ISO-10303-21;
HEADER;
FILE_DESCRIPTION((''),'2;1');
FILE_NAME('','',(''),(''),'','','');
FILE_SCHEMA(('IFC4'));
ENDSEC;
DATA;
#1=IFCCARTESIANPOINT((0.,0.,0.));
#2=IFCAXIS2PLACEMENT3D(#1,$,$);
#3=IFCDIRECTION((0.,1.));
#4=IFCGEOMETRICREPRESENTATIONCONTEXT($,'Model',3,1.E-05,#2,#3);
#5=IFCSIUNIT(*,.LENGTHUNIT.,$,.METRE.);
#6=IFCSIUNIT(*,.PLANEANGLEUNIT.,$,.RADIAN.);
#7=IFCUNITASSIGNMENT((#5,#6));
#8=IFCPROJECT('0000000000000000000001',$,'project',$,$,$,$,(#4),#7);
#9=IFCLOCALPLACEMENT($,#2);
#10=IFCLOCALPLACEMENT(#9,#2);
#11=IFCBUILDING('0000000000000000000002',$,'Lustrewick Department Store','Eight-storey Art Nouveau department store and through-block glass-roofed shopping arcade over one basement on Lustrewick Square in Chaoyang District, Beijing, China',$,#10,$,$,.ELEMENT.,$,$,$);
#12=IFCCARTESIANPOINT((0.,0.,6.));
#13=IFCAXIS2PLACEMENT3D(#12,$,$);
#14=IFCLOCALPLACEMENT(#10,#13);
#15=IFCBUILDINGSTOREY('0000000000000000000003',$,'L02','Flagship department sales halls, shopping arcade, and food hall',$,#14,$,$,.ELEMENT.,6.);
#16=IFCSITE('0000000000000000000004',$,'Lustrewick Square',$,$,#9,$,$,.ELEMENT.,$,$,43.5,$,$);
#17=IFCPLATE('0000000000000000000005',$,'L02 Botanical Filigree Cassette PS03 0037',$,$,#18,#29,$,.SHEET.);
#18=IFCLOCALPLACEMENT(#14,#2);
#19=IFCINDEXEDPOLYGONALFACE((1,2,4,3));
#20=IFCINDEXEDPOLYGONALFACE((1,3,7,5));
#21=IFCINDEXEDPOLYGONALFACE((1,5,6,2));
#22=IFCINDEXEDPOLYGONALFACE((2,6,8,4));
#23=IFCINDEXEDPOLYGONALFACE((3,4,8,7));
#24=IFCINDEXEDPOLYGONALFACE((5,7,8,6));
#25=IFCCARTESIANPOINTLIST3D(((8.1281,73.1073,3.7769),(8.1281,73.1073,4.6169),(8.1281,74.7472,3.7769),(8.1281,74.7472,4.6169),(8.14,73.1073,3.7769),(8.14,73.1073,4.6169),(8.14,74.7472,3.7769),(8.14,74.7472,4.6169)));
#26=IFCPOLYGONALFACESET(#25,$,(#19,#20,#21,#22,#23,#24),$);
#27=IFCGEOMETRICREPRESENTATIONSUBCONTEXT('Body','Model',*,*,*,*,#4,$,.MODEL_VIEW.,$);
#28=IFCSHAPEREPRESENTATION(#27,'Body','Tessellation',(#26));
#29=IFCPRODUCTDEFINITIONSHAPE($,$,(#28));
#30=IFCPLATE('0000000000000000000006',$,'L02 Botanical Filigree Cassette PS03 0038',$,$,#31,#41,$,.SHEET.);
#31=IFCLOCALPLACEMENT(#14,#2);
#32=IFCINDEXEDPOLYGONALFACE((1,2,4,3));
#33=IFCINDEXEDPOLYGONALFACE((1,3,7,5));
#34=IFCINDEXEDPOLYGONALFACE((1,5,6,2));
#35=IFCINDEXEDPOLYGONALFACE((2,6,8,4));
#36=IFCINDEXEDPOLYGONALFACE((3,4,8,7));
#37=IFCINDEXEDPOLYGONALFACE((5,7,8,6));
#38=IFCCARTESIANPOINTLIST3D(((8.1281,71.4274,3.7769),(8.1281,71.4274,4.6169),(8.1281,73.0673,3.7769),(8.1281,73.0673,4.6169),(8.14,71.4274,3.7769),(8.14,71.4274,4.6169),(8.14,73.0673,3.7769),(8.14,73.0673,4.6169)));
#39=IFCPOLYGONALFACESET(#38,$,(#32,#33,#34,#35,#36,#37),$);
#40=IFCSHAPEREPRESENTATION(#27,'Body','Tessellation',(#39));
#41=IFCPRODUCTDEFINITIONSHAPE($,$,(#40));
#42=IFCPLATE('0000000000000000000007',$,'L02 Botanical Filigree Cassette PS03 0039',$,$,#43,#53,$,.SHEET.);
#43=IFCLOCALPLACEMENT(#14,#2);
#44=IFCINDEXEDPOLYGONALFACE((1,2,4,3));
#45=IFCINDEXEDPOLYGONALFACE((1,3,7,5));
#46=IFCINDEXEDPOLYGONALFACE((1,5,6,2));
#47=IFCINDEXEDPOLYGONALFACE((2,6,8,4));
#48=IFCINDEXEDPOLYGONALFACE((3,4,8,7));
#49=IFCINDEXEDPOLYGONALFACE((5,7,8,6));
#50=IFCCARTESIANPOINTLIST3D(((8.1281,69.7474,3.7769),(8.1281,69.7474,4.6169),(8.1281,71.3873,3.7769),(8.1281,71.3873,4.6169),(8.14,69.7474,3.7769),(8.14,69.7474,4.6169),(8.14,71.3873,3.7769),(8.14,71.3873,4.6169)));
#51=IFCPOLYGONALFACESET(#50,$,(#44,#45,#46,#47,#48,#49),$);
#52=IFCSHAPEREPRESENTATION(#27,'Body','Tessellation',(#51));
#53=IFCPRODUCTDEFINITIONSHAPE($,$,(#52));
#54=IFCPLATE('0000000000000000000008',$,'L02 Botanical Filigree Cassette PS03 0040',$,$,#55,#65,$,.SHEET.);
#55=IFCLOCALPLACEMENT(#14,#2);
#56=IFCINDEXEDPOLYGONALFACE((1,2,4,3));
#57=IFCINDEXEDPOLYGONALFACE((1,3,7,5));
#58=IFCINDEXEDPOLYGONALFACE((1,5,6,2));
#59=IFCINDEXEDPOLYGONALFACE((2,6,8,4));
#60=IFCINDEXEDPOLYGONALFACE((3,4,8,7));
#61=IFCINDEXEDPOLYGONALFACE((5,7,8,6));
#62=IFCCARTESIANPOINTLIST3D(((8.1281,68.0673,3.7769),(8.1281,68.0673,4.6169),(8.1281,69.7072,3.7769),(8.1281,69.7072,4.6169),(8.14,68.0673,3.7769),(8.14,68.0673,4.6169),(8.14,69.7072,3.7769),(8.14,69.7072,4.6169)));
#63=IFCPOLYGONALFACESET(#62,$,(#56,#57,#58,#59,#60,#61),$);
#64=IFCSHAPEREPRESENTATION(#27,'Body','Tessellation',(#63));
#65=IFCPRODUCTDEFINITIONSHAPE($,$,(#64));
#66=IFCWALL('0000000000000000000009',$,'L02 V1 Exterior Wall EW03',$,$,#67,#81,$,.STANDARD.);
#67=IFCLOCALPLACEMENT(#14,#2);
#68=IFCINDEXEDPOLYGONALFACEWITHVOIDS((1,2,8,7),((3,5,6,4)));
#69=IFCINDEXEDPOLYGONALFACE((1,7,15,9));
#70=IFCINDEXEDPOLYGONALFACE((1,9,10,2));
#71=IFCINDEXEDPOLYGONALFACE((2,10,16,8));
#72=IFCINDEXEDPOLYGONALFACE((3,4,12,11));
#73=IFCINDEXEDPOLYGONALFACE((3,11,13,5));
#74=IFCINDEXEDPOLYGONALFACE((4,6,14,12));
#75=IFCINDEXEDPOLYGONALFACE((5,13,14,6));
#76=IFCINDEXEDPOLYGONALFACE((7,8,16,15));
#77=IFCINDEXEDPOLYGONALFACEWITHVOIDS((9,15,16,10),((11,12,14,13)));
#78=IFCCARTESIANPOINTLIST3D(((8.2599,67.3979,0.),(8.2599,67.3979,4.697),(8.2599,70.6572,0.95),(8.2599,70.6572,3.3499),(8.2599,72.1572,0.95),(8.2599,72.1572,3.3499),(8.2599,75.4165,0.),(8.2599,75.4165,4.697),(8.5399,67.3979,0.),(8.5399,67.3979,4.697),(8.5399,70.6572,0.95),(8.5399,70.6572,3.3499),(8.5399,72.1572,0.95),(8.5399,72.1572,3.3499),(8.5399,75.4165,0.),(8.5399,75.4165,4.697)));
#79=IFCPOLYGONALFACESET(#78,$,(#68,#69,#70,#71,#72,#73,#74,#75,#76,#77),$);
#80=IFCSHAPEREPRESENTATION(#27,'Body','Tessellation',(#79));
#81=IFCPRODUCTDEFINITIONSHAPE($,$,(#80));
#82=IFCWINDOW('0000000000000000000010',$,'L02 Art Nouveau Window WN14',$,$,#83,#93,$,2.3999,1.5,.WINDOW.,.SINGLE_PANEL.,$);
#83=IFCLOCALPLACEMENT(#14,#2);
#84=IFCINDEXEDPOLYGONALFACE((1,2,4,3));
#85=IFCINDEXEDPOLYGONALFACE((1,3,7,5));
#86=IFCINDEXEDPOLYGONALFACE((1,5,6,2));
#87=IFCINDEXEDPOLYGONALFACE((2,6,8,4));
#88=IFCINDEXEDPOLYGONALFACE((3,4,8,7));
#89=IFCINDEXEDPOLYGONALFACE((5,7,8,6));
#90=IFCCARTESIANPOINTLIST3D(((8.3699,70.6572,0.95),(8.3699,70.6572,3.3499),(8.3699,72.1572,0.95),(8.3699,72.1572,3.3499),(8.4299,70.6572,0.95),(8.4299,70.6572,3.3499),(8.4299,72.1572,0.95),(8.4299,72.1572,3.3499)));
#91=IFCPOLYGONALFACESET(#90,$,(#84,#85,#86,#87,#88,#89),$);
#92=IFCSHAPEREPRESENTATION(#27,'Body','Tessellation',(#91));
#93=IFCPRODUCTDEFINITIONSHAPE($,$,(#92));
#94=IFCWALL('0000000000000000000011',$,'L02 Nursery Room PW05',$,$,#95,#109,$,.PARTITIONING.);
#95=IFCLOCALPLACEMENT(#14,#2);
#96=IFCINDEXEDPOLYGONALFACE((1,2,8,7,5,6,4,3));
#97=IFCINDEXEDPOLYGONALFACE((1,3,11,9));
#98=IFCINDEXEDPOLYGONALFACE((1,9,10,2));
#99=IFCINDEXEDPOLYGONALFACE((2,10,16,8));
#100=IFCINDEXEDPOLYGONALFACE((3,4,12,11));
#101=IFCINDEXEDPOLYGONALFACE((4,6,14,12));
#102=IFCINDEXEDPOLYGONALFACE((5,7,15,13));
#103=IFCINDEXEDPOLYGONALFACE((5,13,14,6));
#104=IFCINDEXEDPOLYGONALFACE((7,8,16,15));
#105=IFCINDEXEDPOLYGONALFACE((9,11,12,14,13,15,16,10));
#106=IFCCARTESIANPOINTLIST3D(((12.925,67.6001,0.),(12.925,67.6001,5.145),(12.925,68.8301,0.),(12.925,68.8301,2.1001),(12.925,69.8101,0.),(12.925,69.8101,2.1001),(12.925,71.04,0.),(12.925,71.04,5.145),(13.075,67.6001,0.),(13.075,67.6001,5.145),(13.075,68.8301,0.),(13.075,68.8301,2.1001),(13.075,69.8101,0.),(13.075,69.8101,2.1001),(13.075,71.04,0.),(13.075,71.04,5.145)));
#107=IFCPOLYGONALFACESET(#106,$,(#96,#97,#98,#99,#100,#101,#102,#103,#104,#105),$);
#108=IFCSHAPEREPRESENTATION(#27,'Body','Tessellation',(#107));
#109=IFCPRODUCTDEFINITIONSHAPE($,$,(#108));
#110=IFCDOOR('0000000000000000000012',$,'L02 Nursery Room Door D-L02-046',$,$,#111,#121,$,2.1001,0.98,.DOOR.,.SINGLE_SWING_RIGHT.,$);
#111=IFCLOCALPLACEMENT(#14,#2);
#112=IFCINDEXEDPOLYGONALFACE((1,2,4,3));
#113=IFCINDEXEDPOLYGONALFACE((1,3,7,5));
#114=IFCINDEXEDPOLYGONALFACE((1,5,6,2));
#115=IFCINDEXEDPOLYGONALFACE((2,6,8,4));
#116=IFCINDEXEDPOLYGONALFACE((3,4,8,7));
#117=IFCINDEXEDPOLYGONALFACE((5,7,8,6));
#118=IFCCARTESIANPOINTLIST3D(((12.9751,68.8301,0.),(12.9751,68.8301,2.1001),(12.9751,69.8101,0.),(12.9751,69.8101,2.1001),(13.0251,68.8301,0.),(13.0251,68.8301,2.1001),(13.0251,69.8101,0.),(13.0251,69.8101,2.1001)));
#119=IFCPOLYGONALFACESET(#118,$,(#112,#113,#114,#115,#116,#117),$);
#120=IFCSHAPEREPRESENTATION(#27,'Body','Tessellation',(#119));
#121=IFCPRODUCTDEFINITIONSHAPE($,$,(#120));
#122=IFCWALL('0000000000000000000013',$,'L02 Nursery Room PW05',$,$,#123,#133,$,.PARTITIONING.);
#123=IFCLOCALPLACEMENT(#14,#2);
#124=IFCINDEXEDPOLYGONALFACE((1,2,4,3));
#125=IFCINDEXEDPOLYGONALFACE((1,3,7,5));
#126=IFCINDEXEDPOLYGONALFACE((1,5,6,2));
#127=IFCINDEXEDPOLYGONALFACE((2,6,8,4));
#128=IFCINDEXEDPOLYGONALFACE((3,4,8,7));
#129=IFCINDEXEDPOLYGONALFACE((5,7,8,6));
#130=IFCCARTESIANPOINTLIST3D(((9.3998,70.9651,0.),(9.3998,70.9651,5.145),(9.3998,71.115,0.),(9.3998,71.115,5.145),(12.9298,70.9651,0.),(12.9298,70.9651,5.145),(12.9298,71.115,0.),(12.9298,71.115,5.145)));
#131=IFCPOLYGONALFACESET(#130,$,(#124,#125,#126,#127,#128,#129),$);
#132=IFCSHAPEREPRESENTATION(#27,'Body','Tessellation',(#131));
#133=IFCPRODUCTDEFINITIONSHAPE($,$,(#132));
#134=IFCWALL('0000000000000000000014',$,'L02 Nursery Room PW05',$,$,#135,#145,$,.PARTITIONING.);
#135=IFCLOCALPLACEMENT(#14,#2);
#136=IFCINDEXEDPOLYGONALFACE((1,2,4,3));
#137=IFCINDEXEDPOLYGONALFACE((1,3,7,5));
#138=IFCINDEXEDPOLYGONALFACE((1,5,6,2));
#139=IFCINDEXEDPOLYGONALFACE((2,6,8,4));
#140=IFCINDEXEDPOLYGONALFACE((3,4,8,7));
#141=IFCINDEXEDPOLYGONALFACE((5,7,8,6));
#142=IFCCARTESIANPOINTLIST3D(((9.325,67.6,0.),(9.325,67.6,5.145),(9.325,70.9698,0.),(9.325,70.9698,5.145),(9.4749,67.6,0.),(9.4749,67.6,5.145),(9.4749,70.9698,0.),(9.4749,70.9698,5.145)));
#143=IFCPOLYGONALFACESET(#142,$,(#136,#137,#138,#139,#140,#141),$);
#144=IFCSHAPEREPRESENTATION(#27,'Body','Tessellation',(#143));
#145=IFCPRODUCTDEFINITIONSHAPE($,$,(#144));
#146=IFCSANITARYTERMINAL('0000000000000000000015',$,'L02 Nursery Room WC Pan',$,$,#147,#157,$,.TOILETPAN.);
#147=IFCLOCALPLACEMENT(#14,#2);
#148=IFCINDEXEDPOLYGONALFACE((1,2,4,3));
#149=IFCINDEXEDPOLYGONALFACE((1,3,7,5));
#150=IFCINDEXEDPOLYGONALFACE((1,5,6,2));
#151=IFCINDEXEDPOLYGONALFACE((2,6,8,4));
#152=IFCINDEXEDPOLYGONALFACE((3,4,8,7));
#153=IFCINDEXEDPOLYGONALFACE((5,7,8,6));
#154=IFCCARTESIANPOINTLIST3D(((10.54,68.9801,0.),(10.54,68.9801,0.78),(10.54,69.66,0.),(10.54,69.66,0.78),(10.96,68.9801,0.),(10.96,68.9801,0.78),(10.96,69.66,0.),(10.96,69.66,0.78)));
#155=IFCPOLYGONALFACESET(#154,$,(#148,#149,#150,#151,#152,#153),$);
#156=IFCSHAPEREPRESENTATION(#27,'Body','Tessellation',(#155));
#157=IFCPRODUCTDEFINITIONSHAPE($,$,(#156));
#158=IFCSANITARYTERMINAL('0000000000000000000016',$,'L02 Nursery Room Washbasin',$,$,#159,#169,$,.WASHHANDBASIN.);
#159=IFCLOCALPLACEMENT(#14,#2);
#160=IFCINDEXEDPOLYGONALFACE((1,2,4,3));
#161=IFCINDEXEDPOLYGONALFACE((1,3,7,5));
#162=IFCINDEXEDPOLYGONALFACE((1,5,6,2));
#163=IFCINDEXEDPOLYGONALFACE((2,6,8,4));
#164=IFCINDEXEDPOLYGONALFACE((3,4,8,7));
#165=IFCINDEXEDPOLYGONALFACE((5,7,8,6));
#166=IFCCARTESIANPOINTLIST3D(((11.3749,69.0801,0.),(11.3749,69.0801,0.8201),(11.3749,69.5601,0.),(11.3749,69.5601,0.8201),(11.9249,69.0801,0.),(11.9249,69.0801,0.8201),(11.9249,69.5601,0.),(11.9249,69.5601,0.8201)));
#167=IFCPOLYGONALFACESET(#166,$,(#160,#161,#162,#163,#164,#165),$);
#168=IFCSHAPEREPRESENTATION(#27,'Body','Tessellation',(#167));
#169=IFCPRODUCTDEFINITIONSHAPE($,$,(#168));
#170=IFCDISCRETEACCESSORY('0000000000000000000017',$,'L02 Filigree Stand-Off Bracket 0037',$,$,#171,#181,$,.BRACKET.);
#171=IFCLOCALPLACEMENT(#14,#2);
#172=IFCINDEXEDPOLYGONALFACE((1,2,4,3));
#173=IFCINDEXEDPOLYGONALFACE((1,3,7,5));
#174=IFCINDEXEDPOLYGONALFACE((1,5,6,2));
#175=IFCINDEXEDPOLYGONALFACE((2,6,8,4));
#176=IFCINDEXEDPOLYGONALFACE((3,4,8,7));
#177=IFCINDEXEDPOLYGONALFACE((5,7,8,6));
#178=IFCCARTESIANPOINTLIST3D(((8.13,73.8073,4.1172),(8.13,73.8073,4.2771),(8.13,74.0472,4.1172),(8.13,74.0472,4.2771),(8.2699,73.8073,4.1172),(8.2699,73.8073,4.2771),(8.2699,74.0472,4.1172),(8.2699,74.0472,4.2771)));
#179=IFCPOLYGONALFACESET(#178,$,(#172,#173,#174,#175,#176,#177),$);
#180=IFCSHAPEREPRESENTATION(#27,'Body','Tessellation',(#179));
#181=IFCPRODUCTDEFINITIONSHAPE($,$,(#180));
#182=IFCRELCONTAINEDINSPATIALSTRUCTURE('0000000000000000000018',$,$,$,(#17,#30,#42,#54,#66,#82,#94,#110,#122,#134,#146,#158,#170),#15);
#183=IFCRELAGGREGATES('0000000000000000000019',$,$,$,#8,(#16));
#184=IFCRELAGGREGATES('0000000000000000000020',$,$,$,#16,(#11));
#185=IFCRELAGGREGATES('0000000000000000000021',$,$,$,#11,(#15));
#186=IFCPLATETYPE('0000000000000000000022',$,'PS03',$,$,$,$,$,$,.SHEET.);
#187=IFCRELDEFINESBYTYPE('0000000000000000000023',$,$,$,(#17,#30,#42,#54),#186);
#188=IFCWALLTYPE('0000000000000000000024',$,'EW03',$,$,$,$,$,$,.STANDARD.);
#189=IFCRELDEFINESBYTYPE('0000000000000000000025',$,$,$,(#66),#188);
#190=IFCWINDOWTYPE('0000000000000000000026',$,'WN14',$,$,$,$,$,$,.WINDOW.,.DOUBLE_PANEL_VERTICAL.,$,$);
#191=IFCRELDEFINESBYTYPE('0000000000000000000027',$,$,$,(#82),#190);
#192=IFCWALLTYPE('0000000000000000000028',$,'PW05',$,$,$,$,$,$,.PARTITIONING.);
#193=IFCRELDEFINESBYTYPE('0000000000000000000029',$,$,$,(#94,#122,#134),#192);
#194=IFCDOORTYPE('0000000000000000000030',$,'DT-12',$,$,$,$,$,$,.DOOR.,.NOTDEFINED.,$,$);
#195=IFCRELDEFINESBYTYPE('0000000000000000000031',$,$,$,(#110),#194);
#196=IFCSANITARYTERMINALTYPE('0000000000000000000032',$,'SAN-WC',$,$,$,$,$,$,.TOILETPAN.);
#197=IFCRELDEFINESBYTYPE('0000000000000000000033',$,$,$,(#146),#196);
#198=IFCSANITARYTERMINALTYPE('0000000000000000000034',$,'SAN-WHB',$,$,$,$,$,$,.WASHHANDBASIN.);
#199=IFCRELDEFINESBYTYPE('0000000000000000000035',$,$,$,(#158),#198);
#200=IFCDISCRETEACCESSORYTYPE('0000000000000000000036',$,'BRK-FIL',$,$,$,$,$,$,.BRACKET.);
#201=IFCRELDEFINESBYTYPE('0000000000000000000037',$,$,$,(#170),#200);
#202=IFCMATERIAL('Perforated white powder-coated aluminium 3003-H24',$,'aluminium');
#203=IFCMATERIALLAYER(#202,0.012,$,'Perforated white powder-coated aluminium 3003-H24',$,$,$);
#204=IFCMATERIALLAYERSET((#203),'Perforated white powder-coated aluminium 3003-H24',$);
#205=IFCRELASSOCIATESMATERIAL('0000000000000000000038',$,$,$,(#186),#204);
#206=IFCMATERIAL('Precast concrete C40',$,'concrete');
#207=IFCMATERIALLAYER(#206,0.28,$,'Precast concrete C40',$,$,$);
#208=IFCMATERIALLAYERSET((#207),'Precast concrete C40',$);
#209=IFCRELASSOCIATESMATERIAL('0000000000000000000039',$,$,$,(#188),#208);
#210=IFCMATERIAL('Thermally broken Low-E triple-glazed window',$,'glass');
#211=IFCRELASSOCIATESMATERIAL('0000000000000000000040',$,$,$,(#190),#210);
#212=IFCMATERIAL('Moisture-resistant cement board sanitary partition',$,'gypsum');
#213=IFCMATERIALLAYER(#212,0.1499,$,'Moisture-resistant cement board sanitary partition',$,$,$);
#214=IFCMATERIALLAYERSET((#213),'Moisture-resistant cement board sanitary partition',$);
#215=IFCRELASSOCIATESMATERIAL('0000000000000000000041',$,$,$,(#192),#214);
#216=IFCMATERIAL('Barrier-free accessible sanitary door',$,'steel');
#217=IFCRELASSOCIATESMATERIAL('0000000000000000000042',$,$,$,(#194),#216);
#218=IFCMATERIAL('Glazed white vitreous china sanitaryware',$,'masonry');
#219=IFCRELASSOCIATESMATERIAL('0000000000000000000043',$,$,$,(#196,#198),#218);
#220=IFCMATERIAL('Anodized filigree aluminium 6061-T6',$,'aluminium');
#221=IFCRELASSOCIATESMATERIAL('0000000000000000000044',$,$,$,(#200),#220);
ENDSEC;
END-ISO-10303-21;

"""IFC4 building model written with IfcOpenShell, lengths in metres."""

from ifc_helpers import new_model, si_unit, direction, frame, frame_2d, origin, origin_2d, place, context, subcontext, project, spatial, rectangle, extrude, material, layer, layer_set, type_object, element, fill, save


model = new_model("IFC4")

# Units and contexts
model_context = context("Model", 3, precision=1e-05, world=origin(), true_north=direction((0.0, 1.0)))
body_context = subcontext(model_context, "Body", "Model", "MODEL_VIEW")
ifc_project = project(units=[si_unit("LENGTHUNIT", "METRE"), si_unit("PLANEANGLEUNIT", "RADIAN")], contexts=[model_context])

# Site, building, storey
site_placement = place(None, origin())
site = spatial("IfcSite", under=ifc_project, at=site_placement, Name="Lustrewick Square", CompositionType="ELEMENT", RefElevation=43.5)
building_placement = place(site_placement, origin())
building = spatial("IfcBuilding", under=site, at=building_placement, Name="Lustrewick Department Store", Description="Eight-storey Art Nouveau department store and through-block glass-roofed shopping arcade over one basement on Lustrewick Square in Chaoyang District, Beijing, China", CompositionType="ELEMENT")
storey_placement = place(building_placement, frame((0.0, 0.0, 6.0)))
storey = spatial("IfcBuildingStorey", under=building, at=storey_placement, Name="L02", Description="Flagship department sales halls, shopping arcade, and food hall", CompositionType="ELEMENT", Elevation=6.0)

# Plates
ifc_material_1 = material(Name="Perforated white powder-coated aluminium 3003-H24", Category="aluminium")
ifc_layer_1 = layer(ifc_material_1, 0.012, Name="Perforated white powder-coated aluminium 3003-H24")
ifc_layer_set_1 = layer_set([ifc_layer_1], Name="Perforated white powder-coated aluminium 3003-H24")
plate_type_1 = type_object("IfcPlateType", Name="PS03", PredefinedType="SHEET", material=ifc_layer_set_1)
for number, where, z_axis, x_axis, name in (
    (1, (8.134, 73.9272, 3.7769), (0.0, 0.0, 1.0), (0.0, -1.0, 0.0), "L02 Botanical Filigree Cassette PS03 0037"),
    (2, (8.134, 72.2473, 3.7769), (0.0, 0.0, 1.0), (0.0, -1.0, 0.0), "L02 Botanical Filigree Cassette PS03 0038"),
    (3, (8.134, 70.5674, 3.7769), (0.0, 0.0, 1.0), (0.0, -1.0, 0.0), "L02 Botanical Filigree Cassette PS03 0039"),
    (4, (8.134, 68.8872, 3.7769), (0.0, 0.0, 1.0), (0.0, -1.0, 0.0), "L02 Botanical Filigree Cassette PS03 0040"),
):
    element("IfcPlate", number, at=place(storey_placement, frame(where, z_axis=z_axis, x_axis=x_axis)), inside=storey, type_object=plate_type_1, Name=name, PredefinedType="SHEET", context=body_context, shape_type="SweptSolid", body=[
        extrude(rectangle(XDim=1.6399, YDim=0.012, at=origin_2d()), origin(), (0.0, 0.0, 1.0), 0.8401),
    ])

# Wall, opening, window
ifc_material_2 = material(Name="Precast concrete C40", Category="concrete")
ifc_layer_2 = layer(ifc_material_2, 0.28, Name="Precast concrete C40")
ifc_layer_set_2 = layer_set([ifc_layer_2], Name="Precast concrete C40")
wall_type_1 = type_object("IfcWallType", Name="EW03", PredefinedType="STANDARD", material=ifc_layer_set_2)
wall_1_placement = place(storey_placement, frame((8.3999, 75.4165, 0.0), z_axis=(0.0, 0.0, 1.0), x_axis=(0.0, -1.0, 0.0)))
wall_1 = element("IfcWall", 5, at=wall_1_placement, inside=storey, type_object=wall_type_1, Name="L02 V1 Exterior Wall EW03", PredefinedType="STANDARD", context=body_context, shape_type="SweptSolid", body=[
    extrude(rectangle(XDim=8.0186, YDim=0.28, at=frame_2d((4.0093, 0.0))), origin(), (0.0, 0.0, 1.0), 4.697),
])
opening_1_placement = place(wall_1_placement, frame((3.2593, 0.0, 0.95)))
opening_1 = element("IfcOpeningElement", 6, at=opening_1_placement, cuts=wall_1, PredefinedType="OPENING", context=body_context, shape_type="SweptSolid", body=[
    extrude(rectangle(XDim=1.5, YDim=2.3999, at=frame_2d((0.75, 1.2))), frame((0.0, 0.1499, 0.0), z_axis=(0.0, -1.0, 0.0), x_axis=(1.0, 0.0, 0.0)), (0.0, 0.0, 1.0), 0.3),
])
ifc_material_3 = material(Name="Thermally broken Low-E triple-glazed window", Category="glass")
window_type = type_object("IfcWindowType", Name="WN14", PartitioningType="DOUBLE_PANEL_VERTICAL", PredefinedType="WINDOW", material=ifc_material_3)
window_placement = place(opening_1_placement, origin())
window = element("IfcWindow", 7, at=window_placement, inside=storey, type_object=window_type, Name="L02 Art Nouveau Window WN14", OverallHeight=2.3999, OverallWidth=1.5, PartitioningType="SINGLE_PANEL", PredefinedType="WINDOW", context=body_context, shape_type="SweptSolid", body=[
    extrude(rectangle(XDim=1.5, YDim=2.3999, at=frame_2d((0.75, 1.2))), frame((0.0, 0.03, 0.0), z_axis=(0.0, -1.0, 0.0), x_axis=(1.0, 0.0, 0.0)), (0.0, 0.0, 1.0), 0.0601),
])
fill(opening_1, window)

# Wall, opening, door
ifc_material_4 = material(Name="Moisture-resistant cement board sanitary partition", Category="gypsum")
ifc_layer_3 = layer(ifc_material_4, 0.1499, Name="Moisture-resistant cement board sanitary partition")
ifc_layer_set_3 = layer_set([ifc_layer_3], Name="Moisture-resistant cement board sanitary partition")
wall_type_2 = type_object("IfcWallType", Name="PW05", PredefinedType="PARTITIONING", material=ifc_layer_set_3)
wall_2_placement = place(storey_placement, frame((13.0, 67.6001, 0.0), z_axis=(0.0, 0.0, 1.0), x_axis=(0.0, 1.0, 0.0)))
wall_2 = element("IfcWall", 8, at=wall_2_placement, inside=storey, type_object=wall_type_2, Name="L02 Nursery Room PW05", PredefinedType="PARTITIONING", context=body_context, shape_type="SweptSolid", body=[
    extrude(rectangle(XDim=3.4399, YDim=0.1499, at=frame_2d((1.72, 0.0))), origin(), (0.0, 0.0, 1.0), 5.145),
])
opening_2_placement = place(wall_2_placement, frame((1.23, 0.0, 0.0)))
opening_2 = element("IfcOpeningElement", 9, at=opening_2_placement, cuts=wall_2, PredefinedType="OPENING", context=body_context, shape_type="SweptSolid", body=[
    extrude(rectangle(XDim=0.98, YDim=2.1001, at=frame_2d((0.49, 1.05))), frame((0.0, 0.085, 0.0), z_axis=(0.0, -1.0, 0.0), x_axis=(1.0, 0.0, 0.0)), (0.0, 0.0, 1.0), 0.1699),
])
ifc_material_5 = material(Name="Barrier-free accessible sanitary door", Category="steel")
door_type = type_object("IfcDoorType", Name="DT-12", OperationType="NOTDEFINED", PredefinedType="DOOR", material=ifc_material_5)
door_placement = place(opening_2_placement, origin())
door = element("IfcDoor", 10, at=door_placement, inside=storey, type_object=door_type, Name="L02 Nursery Room Door D-L02-046", OperationType="SINGLE_SWING_RIGHT", OverallHeight=2.1001, OverallWidth=0.98, PredefinedType="DOOR", context=body_context, shape_type="SweptSolid", body=[
    extrude(rectangle(XDim=0.98, YDim=2.1001, at=frame_2d((0.49, 1.05))), frame((0.0, 0.0249, 0.0), z_axis=(0.0, -1.0, 0.0), x_axis=(1.0, 0.0, 0.0)), (0.0, 0.0, 1.0), 0.05),
])
fill(opening_2, door)

# Walls
wall_3_placement = place(storey_placement, frame((12.9299, 71.04, 0.0), z_axis=(0.0, 0.0, 1.0), x_axis=(-1.0, 0.0, 0.0)))
element("IfcWall", 11, at=wall_3_placement, inside=storey, type_object=wall_type_2, Name="L02 Nursery Room PW05", PredefinedType="PARTITIONING", context=body_context, shape_type="SweptSolid", body=[
    extrude(rectangle(XDim=3.53, YDim=0.1499, at=frame_2d((1.7651, 0.0))), origin(), (0.0, 0.0, 1.0), 5.145),
])
wall_4_placement = place(storey_placement, frame((9.3999, 70.97, 0.0), z_axis=(0.0, 0.0, 1.0), x_axis=(0.0, -1.0, 0.0)))
element("IfcWall", 12, at=wall_4_placement, inside=storey, type_object=wall_type_2, Name="L02 Nursery Room PW05", PredefinedType="PARTITIONING", context=body_context, shape_type="SweptSolid", body=[
    extrude(rectangle(XDim=3.3699, YDim=0.1499, at=frame_2d((1.6851, 0.0))), origin(), (0.0, 0.0, 1.0), 5.145),
])

# Sanitary terminals
ifc_material_6 = material(Name="Glazed white vitreous china sanitaryware", Category="masonry")
sanitary_terminal_type_1 = type_object("IfcSanitaryTerminalType", Name="SAN-WC", PredefinedType="TOILETPAN", material=ifc_material_6)
sanitary_terminal_1_placement = place(storey_placement, frame((10.75, 69.3201, 0.0), z_axis=(0.0, 0.0, 1.0), x_axis=(1.0, 0.0, 0.0)))
element("IfcSanitaryTerminal", 13, at=sanitary_terminal_1_placement, inside=storey, type_object=sanitary_terminal_type_1, Name="L02 Nursery Room WC Pan", PredefinedType="TOILETPAN", context=body_context, shape_type="SweptSolid", body=[
    extrude(rectangle(XDim=0.4199, YDim=0.6799, at=origin_2d()), origin(), (0.0, 0.0, 1.0), 0.78),
])
sanitary_terminal_type_2 = type_object("IfcSanitaryTerminalType", Name="SAN-WHB", PredefinedType="WASHHANDBASIN", material=ifc_material_6)
sanitary_terminal_2_placement = place(storey_placement, frame((11.6499, 69.3201, 0.0), z_axis=(0.0, 0.0, 1.0), x_axis=(1.0, 0.0, 0.0)))
element("IfcSanitaryTerminal", 14, at=sanitary_terminal_2_placement, inside=storey, type_object=sanitary_terminal_type_2, Name="L02 Nursery Room Washbasin", PredefinedType="WASHHANDBASIN", context=body_context, shape_type="SweptSolid", body=[
    extrude(rectangle(XDim=0.55, YDim=0.48, at=origin_2d()), origin(), (0.0, 0.0, 1.0), 0.8201),
])

# Discrete accessory
ifc_material_7 = material(Name="Anodized filigree aluminium 6061-T6", Category="aluminium")
discrete_accessory_type = type_object("IfcDiscreteAccessoryType", Name="BRK-FIL", PredefinedType="BRACKET", material=ifc_material_7)
for number, where, z_axis, x_axis, name in (
    (15, (8.2, 73.9272, 4.1172), (0.0, 0.0, 1.0), (0.0, -1.0, 0.0), "L02 Filigree Stand-Off Bracket 0037"),
):
    element("IfcDiscreteAccessory", number, at=place(storey_placement, frame(where, z_axis=z_axis, x_axis=x_axis)), inside=storey, type_object=discrete_accessory_type, Name=name, PredefinedType="BRACKET", context=body_context, shape_type="SweptSolid", body=[
        extrude(rectangle(XDim=0.24, YDim=0.1399, at=origin_2d()), origin(), (0.0, 0.0, 1.0), 0.1599),
    ])

save(model, "model.ifc")
